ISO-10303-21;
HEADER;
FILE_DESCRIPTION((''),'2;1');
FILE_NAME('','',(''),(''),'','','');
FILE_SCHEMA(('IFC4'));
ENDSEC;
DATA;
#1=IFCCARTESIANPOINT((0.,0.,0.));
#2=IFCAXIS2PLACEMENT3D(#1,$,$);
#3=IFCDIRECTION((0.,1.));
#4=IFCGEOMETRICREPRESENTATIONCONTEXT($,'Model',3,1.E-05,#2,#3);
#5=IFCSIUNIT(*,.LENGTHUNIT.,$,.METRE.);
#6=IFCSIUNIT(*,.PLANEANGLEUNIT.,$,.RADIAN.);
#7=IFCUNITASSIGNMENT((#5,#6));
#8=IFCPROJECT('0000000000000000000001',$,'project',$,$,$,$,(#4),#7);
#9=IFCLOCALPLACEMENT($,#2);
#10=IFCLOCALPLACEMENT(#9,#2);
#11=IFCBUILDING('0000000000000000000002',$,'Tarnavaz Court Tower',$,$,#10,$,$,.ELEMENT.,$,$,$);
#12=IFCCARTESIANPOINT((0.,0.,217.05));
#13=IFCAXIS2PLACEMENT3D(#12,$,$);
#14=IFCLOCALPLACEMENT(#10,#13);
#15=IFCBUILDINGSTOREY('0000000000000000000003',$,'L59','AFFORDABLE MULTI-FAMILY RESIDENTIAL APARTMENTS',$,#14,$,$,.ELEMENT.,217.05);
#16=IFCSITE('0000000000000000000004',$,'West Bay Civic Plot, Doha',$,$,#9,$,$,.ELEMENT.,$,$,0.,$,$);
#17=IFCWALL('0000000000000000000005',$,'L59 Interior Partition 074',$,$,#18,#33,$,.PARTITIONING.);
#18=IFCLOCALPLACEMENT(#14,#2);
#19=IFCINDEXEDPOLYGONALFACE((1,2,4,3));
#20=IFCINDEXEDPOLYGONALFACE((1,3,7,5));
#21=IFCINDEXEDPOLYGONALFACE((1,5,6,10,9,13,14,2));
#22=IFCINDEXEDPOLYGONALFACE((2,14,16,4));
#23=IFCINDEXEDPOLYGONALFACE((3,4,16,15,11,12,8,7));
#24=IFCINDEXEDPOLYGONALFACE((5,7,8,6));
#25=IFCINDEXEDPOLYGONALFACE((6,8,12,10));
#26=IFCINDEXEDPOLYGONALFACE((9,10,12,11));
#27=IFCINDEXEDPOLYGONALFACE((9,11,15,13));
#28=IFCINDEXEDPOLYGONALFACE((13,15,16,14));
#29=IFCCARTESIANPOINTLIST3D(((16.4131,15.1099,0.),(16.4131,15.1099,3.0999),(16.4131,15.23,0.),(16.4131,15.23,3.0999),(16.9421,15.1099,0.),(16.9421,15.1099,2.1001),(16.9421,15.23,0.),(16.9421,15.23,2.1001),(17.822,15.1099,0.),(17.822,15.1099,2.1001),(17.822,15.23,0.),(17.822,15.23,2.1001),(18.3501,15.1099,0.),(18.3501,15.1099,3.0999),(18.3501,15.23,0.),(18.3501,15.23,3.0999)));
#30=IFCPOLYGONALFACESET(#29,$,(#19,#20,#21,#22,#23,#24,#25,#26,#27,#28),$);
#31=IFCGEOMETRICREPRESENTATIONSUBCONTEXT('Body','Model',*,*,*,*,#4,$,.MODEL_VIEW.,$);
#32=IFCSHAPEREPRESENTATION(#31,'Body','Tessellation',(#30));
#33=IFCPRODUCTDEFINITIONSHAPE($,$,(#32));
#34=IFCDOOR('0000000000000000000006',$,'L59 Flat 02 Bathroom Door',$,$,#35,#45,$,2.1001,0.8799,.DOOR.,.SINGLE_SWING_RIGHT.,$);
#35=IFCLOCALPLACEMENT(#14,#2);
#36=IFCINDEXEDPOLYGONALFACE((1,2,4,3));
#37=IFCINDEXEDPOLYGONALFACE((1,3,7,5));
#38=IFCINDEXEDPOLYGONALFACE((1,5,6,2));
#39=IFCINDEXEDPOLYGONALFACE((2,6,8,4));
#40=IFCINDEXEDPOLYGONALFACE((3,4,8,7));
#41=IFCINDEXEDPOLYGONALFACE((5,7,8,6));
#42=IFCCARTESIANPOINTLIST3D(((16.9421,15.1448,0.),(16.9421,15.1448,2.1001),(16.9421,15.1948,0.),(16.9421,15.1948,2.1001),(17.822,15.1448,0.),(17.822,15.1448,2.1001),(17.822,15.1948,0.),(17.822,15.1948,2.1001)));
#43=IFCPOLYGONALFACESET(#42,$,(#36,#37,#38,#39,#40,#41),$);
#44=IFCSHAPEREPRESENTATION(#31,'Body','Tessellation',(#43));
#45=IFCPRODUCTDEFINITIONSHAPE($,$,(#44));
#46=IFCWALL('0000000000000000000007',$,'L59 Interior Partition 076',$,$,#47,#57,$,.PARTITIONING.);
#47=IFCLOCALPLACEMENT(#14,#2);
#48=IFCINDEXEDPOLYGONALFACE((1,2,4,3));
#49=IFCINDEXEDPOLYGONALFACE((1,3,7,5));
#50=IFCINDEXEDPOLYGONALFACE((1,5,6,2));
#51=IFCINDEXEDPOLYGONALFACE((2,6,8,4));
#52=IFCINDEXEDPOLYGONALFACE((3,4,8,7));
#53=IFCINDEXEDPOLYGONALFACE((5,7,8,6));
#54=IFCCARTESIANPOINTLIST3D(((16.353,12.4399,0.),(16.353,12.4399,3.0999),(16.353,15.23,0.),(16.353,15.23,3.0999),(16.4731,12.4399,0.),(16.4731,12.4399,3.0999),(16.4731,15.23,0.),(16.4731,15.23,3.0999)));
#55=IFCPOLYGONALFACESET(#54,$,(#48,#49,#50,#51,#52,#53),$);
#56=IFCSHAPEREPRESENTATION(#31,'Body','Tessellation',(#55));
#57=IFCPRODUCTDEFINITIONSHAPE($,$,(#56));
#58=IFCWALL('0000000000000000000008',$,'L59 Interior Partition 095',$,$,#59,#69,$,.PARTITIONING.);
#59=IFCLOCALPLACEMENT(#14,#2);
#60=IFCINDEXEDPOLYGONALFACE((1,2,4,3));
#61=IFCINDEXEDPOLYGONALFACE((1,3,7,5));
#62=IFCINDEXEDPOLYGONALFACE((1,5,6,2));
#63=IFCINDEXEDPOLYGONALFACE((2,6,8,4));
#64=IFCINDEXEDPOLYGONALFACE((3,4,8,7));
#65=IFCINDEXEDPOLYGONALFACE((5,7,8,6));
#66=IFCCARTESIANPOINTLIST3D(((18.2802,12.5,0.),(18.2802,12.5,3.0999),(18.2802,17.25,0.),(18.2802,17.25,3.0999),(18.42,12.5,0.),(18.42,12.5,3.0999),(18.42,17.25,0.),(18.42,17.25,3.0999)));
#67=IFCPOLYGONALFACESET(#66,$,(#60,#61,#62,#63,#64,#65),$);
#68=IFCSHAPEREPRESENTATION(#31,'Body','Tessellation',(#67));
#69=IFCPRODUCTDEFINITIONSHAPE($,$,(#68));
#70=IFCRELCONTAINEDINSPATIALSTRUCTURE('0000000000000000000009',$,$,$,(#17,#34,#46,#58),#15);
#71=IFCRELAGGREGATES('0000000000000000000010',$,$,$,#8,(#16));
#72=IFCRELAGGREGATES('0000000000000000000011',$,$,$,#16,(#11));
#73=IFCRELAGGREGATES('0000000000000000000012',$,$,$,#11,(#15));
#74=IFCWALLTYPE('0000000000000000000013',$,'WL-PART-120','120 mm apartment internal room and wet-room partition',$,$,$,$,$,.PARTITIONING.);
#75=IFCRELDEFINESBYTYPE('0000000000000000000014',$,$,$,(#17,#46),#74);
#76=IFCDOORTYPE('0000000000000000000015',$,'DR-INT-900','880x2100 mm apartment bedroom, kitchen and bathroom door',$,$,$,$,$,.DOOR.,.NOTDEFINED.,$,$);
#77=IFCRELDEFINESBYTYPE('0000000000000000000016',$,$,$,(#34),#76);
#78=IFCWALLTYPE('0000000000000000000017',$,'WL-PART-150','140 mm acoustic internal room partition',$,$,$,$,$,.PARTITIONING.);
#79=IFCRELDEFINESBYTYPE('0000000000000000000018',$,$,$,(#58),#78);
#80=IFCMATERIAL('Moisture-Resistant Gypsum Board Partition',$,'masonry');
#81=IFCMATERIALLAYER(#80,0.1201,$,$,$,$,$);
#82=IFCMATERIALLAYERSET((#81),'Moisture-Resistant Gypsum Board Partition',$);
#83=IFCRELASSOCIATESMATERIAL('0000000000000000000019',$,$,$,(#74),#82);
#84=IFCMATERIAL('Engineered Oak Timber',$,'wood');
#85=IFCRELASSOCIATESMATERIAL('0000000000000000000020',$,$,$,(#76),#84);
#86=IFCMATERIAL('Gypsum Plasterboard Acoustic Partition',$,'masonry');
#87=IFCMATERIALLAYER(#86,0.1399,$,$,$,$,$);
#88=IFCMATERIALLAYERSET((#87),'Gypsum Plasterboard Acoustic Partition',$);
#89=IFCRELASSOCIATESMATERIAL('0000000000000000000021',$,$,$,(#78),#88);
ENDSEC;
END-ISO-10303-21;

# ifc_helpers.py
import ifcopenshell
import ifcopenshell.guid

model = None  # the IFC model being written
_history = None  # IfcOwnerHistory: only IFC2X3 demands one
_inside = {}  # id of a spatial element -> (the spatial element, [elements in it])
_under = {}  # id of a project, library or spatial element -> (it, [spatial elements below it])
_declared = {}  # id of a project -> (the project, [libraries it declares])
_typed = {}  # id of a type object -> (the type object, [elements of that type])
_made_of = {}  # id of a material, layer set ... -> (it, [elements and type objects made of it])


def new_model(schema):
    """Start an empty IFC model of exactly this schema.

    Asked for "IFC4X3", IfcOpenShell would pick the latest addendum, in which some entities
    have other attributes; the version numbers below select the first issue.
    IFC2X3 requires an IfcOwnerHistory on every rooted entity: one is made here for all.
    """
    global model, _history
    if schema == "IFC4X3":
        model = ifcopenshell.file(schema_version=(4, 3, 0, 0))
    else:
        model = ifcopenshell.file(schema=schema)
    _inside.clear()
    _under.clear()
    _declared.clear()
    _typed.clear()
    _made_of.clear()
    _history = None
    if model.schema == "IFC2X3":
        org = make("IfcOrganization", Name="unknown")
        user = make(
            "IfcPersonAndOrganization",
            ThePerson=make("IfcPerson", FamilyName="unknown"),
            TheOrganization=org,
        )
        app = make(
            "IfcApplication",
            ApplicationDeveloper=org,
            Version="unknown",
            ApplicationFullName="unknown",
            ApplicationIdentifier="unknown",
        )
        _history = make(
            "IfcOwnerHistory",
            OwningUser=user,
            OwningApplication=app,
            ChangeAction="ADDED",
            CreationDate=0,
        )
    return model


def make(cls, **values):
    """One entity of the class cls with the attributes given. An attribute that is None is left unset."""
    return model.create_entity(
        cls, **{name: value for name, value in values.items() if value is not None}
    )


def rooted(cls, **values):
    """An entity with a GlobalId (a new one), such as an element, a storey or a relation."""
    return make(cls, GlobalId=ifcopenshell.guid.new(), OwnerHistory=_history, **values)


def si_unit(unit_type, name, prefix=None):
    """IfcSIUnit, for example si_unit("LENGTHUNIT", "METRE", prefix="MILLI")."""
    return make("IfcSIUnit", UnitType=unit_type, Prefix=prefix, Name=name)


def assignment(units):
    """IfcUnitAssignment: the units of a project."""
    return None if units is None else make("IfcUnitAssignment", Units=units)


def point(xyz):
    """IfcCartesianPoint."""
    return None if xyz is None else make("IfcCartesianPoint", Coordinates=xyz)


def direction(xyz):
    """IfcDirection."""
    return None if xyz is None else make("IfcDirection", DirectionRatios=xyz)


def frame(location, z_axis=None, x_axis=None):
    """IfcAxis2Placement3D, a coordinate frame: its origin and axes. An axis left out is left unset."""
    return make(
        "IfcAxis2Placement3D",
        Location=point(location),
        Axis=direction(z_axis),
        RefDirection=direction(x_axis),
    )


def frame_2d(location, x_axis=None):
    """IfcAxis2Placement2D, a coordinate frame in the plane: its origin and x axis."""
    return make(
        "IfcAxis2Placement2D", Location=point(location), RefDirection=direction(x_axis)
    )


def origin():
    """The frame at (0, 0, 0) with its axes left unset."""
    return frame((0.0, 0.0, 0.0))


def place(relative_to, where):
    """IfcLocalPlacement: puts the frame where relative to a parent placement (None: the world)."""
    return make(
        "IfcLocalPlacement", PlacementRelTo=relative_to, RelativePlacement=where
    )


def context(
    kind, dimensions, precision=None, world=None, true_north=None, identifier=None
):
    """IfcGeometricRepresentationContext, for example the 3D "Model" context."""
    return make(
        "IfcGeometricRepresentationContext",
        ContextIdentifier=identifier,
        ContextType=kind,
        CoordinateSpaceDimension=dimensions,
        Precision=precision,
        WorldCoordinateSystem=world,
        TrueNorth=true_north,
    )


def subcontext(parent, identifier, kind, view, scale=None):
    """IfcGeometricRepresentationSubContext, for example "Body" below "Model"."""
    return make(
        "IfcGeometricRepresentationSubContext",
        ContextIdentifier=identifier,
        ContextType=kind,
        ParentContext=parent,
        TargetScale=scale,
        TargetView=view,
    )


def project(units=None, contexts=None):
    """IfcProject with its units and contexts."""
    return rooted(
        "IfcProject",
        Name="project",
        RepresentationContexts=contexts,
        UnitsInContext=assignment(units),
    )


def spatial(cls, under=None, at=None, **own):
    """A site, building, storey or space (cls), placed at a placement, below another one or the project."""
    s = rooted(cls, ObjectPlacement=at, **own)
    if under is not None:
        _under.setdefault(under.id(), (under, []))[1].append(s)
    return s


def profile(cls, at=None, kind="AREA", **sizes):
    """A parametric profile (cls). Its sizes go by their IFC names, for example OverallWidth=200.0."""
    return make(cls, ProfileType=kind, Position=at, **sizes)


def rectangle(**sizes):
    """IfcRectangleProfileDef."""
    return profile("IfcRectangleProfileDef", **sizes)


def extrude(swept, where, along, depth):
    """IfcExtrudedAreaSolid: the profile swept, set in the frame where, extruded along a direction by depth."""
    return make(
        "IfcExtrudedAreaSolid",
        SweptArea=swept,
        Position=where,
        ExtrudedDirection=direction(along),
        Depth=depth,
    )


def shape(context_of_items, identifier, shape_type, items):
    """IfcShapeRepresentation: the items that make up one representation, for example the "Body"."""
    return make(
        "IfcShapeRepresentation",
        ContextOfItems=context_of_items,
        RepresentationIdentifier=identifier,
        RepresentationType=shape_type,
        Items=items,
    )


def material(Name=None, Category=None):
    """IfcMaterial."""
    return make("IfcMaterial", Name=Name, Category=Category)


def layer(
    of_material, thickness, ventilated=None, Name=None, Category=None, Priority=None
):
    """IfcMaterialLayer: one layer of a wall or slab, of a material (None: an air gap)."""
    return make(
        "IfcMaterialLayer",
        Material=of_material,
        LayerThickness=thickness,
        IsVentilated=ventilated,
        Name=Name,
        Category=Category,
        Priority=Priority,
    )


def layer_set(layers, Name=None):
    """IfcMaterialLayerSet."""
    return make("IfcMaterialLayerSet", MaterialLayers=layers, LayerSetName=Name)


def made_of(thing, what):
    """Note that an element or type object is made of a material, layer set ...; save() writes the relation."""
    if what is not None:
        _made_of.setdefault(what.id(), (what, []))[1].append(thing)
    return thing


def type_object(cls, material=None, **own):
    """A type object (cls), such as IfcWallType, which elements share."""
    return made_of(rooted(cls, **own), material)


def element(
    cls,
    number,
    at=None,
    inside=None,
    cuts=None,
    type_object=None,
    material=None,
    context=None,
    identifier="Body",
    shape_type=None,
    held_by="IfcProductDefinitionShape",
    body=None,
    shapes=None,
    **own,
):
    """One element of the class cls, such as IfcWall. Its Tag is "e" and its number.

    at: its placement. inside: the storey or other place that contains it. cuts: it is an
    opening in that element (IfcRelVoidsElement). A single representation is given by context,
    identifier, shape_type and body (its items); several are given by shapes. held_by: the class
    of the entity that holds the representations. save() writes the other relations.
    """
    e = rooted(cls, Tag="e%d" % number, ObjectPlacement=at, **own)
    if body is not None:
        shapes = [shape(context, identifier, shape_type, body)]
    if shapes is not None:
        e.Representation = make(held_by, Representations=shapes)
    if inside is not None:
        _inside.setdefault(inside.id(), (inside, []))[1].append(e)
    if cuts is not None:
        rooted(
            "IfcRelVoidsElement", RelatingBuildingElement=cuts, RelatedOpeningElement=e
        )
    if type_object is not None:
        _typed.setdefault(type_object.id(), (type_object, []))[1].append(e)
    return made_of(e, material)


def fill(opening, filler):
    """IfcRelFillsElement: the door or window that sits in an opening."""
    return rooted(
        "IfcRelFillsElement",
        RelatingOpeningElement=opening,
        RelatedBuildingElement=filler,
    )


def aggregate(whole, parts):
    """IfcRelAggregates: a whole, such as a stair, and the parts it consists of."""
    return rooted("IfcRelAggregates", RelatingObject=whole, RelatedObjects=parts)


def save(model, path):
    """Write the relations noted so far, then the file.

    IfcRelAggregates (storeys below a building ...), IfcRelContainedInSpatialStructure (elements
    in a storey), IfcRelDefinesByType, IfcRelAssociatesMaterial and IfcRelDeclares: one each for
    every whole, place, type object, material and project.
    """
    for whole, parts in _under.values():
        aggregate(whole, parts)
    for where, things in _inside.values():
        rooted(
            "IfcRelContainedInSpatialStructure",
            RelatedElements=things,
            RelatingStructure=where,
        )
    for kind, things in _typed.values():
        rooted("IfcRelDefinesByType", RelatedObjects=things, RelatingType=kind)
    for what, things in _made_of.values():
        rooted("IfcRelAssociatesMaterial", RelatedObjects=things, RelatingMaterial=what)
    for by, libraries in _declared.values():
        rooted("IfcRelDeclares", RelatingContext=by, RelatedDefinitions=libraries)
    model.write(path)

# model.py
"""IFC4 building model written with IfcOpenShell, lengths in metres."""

from ifc_helpers import new_model, si_unit, direction, frame, frame_2d, origin, place, context, subcontext, project, spatial, rectangle, extrude, material, layer, layer_set, type_object, element, fill, save


model = new_model("IFC4")

# Units and contexts
model_context = context("Model", 3, precision=1e-05, world=origin(), true_north=direction((0.0, 1.0)))
body_context = subcontext(model_context, "Body", "Model", "MODEL_VIEW")
ifc_project = project(units=[si_unit("LENGTHUNIT", "METRE"), si_unit("PLANEANGLEUNIT", "RADIAN")], contexts=[model_context])

# Site, building, storey
site_placement = place(None, origin())
site = spatial("IfcSite", under=ifc_project, at=site_placement, Name="West Bay Civic Plot, Doha", CompositionType="ELEMENT", RefElevation=0.0)
building_placement = place(site_placement, origin())
building = spatial("IfcBuilding", under=site, at=building_placement, Name="Tarnavaz Court Tower", CompositionType="ELEMENT")
storey_placement = place(building_placement, frame((0.0, 0.0, 217.05)))
storey = spatial("IfcBuildingStorey", under=building, at=storey_placement, Name="L59", Description="AFFORDABLE MULTI-FAMILY RESIDENTIAL APARTMENTS", CompositionType="ELEMENT", Elevation=217.05)

# Wall, opening, door
ifc_material_1 = material(Name="Engineered Oak Timber", Category="wood")
ifc_material_2 = material(Name="Moisture-Resistant Gypsum Board Partition", Category="masonry")
ifc_layer_1 = layer(ifc_material_2, 0.1201)
ifc_layer_set_1 = layer_set([ifc_layer_1], Name="Moisture-Resistant Gypsum Board Partition")
wall_type_1 = type_object("IfcWallType", Name="WL-PART-120", Description="120 mm apartment internal room and wet-room partition", PredefinedType="PARTITIONING", material=ifc_layer_set_1)
door_type_1 = type_object("IfcDoorType", Name="DR-INT-900", Description="880x2100 mm apartment bedroom, kitchen and bathroom door", OperationType="NOTDEFINED", PredefinedType="DOOR", material=ifc_material_1)
wall_1_placement = place(storey_placement, frame((16.4131, 15.1699, 0.0), z_axis=(0.0, 0.0, 1.0), x_axis=(1.0, 0.0, 0.0)))
wall_1 = element("IfcWall", 1, at=wall_1_placement, inside=storey, type_object=wall_type_1, Name="L59 Interior Partition 074", PredefinedType="PARTITIONING", context=body_context, shape_type="SweptSolid", body=[
    extrude(rectangle(XDim=1.937, YDim=0.1201, at=frame_2d((0.9685, 0.0))), origin(), (0.0, 0.0, 1.0), 3.0999),
])
opening_1_placement = place(wall_1_placement, frame((0.5291, 0.0, 0.0)))
opening_1 = element("IfcOpeningElement", 2, at=opening_1_placement, cuts=wall_1, PredefinedType="OPENING", context=body_context, shape_type="SweptSolid", body=[
    extrude(rectangle(XDim=0.8799, YDim=2.1001, at=frame_2d((0.4399, 1.05))), frame((0.0, 0.0701, 0.0), z_axis=(0.0, -1.0, 0.0), x_axis=(1.0, 0.0, 0.0)), (0.0, 0.0, 1.0), 0.1401),
])
door_1_placement = place(opening_1_placement, origin())
door_1 = element("IfcDoor", 3, at=door_1_placement, inside=storey, type_object=door_type_1, Name="L59 Flat 02 Bathroom Door", OperationType="SINGLE_SWING_RIGHT", OverallHeight=2.1001, OverallWidth=0.8799, PredefinedType="DOOR", context=body_context, shape_type="SweptSolid", body=[
    extrude(rectangle(XDim=0.8799, YDim=2.1001, at=frame_2d((0.4399, 1.05))), frame((0.0, 0.0249, 0.0), z_axis=(0.0, -1.0, 0.0), x_axis=(1.0, 0.0, 0.0)), (0.0, 0.0, 1.0), 0.05),
])
fill(opening_1, door_1)

# Walls
wall_2_placement = place(storey_placement, frame((16.4131, 12.4399, 0.0), z_axis=(0.0, 0.0, 1.0), x_axis=(0.0, 1.0, 0.0)))
element("IfcWall", 4, at=wall_2_placement, inside=storey, type_object=wall_type_1, Name="L59 Interior Partition 076", PredefinedType="PARTITIONING", context=body_context, shape_type="SweptSolid", body=[
    extrude(rectangle(XDim=2.79, YDim=0.1201, at=frame_2d((1.395, 0.0))), origin(), (0.0, 0.0, 1.0), 3.0999),
])
ifc_material_3 = material(Name="Gypsum Plasterboard Acoustic Partition", Category="masonry")
ifc_layer_2 = layer(ifc_material_3, 0.1399)
ifc_layer_set_2 = layer_set([ifc_layer_2], Name="Gypsum Plasterboard Acoustic Partition")
wall_type_2 = type_object("IfcWallType", Name="WL-PART-150", Description="140 mm acoustic internal room partition", PredefinedType="PARTITIONING", material=ifc_layer_set_2)
wall_3_placement = place(storey_placement, frame((18.3501, 12.5, 0.0), z_axis=(0.0, 0.0, 1.0), x_axis=(0.0, 1.0, 0.0)))
element("IfcWall", 5, at=wall_3_placement, inside=storey, type_object=wall_type_2, Name="L59 Interior Partition 095", PredefinedType="PARTITIONING", context=body_context, shape_type="SweptSolid", body=[
    extrude(rectangle(XDim=4.75, YDim=0.1399, at=frame_2d((2.375, 0.0))), origin(), (0.0, 0.0, 1.0), 3.0999),
])

save(model, "model.ifc")
